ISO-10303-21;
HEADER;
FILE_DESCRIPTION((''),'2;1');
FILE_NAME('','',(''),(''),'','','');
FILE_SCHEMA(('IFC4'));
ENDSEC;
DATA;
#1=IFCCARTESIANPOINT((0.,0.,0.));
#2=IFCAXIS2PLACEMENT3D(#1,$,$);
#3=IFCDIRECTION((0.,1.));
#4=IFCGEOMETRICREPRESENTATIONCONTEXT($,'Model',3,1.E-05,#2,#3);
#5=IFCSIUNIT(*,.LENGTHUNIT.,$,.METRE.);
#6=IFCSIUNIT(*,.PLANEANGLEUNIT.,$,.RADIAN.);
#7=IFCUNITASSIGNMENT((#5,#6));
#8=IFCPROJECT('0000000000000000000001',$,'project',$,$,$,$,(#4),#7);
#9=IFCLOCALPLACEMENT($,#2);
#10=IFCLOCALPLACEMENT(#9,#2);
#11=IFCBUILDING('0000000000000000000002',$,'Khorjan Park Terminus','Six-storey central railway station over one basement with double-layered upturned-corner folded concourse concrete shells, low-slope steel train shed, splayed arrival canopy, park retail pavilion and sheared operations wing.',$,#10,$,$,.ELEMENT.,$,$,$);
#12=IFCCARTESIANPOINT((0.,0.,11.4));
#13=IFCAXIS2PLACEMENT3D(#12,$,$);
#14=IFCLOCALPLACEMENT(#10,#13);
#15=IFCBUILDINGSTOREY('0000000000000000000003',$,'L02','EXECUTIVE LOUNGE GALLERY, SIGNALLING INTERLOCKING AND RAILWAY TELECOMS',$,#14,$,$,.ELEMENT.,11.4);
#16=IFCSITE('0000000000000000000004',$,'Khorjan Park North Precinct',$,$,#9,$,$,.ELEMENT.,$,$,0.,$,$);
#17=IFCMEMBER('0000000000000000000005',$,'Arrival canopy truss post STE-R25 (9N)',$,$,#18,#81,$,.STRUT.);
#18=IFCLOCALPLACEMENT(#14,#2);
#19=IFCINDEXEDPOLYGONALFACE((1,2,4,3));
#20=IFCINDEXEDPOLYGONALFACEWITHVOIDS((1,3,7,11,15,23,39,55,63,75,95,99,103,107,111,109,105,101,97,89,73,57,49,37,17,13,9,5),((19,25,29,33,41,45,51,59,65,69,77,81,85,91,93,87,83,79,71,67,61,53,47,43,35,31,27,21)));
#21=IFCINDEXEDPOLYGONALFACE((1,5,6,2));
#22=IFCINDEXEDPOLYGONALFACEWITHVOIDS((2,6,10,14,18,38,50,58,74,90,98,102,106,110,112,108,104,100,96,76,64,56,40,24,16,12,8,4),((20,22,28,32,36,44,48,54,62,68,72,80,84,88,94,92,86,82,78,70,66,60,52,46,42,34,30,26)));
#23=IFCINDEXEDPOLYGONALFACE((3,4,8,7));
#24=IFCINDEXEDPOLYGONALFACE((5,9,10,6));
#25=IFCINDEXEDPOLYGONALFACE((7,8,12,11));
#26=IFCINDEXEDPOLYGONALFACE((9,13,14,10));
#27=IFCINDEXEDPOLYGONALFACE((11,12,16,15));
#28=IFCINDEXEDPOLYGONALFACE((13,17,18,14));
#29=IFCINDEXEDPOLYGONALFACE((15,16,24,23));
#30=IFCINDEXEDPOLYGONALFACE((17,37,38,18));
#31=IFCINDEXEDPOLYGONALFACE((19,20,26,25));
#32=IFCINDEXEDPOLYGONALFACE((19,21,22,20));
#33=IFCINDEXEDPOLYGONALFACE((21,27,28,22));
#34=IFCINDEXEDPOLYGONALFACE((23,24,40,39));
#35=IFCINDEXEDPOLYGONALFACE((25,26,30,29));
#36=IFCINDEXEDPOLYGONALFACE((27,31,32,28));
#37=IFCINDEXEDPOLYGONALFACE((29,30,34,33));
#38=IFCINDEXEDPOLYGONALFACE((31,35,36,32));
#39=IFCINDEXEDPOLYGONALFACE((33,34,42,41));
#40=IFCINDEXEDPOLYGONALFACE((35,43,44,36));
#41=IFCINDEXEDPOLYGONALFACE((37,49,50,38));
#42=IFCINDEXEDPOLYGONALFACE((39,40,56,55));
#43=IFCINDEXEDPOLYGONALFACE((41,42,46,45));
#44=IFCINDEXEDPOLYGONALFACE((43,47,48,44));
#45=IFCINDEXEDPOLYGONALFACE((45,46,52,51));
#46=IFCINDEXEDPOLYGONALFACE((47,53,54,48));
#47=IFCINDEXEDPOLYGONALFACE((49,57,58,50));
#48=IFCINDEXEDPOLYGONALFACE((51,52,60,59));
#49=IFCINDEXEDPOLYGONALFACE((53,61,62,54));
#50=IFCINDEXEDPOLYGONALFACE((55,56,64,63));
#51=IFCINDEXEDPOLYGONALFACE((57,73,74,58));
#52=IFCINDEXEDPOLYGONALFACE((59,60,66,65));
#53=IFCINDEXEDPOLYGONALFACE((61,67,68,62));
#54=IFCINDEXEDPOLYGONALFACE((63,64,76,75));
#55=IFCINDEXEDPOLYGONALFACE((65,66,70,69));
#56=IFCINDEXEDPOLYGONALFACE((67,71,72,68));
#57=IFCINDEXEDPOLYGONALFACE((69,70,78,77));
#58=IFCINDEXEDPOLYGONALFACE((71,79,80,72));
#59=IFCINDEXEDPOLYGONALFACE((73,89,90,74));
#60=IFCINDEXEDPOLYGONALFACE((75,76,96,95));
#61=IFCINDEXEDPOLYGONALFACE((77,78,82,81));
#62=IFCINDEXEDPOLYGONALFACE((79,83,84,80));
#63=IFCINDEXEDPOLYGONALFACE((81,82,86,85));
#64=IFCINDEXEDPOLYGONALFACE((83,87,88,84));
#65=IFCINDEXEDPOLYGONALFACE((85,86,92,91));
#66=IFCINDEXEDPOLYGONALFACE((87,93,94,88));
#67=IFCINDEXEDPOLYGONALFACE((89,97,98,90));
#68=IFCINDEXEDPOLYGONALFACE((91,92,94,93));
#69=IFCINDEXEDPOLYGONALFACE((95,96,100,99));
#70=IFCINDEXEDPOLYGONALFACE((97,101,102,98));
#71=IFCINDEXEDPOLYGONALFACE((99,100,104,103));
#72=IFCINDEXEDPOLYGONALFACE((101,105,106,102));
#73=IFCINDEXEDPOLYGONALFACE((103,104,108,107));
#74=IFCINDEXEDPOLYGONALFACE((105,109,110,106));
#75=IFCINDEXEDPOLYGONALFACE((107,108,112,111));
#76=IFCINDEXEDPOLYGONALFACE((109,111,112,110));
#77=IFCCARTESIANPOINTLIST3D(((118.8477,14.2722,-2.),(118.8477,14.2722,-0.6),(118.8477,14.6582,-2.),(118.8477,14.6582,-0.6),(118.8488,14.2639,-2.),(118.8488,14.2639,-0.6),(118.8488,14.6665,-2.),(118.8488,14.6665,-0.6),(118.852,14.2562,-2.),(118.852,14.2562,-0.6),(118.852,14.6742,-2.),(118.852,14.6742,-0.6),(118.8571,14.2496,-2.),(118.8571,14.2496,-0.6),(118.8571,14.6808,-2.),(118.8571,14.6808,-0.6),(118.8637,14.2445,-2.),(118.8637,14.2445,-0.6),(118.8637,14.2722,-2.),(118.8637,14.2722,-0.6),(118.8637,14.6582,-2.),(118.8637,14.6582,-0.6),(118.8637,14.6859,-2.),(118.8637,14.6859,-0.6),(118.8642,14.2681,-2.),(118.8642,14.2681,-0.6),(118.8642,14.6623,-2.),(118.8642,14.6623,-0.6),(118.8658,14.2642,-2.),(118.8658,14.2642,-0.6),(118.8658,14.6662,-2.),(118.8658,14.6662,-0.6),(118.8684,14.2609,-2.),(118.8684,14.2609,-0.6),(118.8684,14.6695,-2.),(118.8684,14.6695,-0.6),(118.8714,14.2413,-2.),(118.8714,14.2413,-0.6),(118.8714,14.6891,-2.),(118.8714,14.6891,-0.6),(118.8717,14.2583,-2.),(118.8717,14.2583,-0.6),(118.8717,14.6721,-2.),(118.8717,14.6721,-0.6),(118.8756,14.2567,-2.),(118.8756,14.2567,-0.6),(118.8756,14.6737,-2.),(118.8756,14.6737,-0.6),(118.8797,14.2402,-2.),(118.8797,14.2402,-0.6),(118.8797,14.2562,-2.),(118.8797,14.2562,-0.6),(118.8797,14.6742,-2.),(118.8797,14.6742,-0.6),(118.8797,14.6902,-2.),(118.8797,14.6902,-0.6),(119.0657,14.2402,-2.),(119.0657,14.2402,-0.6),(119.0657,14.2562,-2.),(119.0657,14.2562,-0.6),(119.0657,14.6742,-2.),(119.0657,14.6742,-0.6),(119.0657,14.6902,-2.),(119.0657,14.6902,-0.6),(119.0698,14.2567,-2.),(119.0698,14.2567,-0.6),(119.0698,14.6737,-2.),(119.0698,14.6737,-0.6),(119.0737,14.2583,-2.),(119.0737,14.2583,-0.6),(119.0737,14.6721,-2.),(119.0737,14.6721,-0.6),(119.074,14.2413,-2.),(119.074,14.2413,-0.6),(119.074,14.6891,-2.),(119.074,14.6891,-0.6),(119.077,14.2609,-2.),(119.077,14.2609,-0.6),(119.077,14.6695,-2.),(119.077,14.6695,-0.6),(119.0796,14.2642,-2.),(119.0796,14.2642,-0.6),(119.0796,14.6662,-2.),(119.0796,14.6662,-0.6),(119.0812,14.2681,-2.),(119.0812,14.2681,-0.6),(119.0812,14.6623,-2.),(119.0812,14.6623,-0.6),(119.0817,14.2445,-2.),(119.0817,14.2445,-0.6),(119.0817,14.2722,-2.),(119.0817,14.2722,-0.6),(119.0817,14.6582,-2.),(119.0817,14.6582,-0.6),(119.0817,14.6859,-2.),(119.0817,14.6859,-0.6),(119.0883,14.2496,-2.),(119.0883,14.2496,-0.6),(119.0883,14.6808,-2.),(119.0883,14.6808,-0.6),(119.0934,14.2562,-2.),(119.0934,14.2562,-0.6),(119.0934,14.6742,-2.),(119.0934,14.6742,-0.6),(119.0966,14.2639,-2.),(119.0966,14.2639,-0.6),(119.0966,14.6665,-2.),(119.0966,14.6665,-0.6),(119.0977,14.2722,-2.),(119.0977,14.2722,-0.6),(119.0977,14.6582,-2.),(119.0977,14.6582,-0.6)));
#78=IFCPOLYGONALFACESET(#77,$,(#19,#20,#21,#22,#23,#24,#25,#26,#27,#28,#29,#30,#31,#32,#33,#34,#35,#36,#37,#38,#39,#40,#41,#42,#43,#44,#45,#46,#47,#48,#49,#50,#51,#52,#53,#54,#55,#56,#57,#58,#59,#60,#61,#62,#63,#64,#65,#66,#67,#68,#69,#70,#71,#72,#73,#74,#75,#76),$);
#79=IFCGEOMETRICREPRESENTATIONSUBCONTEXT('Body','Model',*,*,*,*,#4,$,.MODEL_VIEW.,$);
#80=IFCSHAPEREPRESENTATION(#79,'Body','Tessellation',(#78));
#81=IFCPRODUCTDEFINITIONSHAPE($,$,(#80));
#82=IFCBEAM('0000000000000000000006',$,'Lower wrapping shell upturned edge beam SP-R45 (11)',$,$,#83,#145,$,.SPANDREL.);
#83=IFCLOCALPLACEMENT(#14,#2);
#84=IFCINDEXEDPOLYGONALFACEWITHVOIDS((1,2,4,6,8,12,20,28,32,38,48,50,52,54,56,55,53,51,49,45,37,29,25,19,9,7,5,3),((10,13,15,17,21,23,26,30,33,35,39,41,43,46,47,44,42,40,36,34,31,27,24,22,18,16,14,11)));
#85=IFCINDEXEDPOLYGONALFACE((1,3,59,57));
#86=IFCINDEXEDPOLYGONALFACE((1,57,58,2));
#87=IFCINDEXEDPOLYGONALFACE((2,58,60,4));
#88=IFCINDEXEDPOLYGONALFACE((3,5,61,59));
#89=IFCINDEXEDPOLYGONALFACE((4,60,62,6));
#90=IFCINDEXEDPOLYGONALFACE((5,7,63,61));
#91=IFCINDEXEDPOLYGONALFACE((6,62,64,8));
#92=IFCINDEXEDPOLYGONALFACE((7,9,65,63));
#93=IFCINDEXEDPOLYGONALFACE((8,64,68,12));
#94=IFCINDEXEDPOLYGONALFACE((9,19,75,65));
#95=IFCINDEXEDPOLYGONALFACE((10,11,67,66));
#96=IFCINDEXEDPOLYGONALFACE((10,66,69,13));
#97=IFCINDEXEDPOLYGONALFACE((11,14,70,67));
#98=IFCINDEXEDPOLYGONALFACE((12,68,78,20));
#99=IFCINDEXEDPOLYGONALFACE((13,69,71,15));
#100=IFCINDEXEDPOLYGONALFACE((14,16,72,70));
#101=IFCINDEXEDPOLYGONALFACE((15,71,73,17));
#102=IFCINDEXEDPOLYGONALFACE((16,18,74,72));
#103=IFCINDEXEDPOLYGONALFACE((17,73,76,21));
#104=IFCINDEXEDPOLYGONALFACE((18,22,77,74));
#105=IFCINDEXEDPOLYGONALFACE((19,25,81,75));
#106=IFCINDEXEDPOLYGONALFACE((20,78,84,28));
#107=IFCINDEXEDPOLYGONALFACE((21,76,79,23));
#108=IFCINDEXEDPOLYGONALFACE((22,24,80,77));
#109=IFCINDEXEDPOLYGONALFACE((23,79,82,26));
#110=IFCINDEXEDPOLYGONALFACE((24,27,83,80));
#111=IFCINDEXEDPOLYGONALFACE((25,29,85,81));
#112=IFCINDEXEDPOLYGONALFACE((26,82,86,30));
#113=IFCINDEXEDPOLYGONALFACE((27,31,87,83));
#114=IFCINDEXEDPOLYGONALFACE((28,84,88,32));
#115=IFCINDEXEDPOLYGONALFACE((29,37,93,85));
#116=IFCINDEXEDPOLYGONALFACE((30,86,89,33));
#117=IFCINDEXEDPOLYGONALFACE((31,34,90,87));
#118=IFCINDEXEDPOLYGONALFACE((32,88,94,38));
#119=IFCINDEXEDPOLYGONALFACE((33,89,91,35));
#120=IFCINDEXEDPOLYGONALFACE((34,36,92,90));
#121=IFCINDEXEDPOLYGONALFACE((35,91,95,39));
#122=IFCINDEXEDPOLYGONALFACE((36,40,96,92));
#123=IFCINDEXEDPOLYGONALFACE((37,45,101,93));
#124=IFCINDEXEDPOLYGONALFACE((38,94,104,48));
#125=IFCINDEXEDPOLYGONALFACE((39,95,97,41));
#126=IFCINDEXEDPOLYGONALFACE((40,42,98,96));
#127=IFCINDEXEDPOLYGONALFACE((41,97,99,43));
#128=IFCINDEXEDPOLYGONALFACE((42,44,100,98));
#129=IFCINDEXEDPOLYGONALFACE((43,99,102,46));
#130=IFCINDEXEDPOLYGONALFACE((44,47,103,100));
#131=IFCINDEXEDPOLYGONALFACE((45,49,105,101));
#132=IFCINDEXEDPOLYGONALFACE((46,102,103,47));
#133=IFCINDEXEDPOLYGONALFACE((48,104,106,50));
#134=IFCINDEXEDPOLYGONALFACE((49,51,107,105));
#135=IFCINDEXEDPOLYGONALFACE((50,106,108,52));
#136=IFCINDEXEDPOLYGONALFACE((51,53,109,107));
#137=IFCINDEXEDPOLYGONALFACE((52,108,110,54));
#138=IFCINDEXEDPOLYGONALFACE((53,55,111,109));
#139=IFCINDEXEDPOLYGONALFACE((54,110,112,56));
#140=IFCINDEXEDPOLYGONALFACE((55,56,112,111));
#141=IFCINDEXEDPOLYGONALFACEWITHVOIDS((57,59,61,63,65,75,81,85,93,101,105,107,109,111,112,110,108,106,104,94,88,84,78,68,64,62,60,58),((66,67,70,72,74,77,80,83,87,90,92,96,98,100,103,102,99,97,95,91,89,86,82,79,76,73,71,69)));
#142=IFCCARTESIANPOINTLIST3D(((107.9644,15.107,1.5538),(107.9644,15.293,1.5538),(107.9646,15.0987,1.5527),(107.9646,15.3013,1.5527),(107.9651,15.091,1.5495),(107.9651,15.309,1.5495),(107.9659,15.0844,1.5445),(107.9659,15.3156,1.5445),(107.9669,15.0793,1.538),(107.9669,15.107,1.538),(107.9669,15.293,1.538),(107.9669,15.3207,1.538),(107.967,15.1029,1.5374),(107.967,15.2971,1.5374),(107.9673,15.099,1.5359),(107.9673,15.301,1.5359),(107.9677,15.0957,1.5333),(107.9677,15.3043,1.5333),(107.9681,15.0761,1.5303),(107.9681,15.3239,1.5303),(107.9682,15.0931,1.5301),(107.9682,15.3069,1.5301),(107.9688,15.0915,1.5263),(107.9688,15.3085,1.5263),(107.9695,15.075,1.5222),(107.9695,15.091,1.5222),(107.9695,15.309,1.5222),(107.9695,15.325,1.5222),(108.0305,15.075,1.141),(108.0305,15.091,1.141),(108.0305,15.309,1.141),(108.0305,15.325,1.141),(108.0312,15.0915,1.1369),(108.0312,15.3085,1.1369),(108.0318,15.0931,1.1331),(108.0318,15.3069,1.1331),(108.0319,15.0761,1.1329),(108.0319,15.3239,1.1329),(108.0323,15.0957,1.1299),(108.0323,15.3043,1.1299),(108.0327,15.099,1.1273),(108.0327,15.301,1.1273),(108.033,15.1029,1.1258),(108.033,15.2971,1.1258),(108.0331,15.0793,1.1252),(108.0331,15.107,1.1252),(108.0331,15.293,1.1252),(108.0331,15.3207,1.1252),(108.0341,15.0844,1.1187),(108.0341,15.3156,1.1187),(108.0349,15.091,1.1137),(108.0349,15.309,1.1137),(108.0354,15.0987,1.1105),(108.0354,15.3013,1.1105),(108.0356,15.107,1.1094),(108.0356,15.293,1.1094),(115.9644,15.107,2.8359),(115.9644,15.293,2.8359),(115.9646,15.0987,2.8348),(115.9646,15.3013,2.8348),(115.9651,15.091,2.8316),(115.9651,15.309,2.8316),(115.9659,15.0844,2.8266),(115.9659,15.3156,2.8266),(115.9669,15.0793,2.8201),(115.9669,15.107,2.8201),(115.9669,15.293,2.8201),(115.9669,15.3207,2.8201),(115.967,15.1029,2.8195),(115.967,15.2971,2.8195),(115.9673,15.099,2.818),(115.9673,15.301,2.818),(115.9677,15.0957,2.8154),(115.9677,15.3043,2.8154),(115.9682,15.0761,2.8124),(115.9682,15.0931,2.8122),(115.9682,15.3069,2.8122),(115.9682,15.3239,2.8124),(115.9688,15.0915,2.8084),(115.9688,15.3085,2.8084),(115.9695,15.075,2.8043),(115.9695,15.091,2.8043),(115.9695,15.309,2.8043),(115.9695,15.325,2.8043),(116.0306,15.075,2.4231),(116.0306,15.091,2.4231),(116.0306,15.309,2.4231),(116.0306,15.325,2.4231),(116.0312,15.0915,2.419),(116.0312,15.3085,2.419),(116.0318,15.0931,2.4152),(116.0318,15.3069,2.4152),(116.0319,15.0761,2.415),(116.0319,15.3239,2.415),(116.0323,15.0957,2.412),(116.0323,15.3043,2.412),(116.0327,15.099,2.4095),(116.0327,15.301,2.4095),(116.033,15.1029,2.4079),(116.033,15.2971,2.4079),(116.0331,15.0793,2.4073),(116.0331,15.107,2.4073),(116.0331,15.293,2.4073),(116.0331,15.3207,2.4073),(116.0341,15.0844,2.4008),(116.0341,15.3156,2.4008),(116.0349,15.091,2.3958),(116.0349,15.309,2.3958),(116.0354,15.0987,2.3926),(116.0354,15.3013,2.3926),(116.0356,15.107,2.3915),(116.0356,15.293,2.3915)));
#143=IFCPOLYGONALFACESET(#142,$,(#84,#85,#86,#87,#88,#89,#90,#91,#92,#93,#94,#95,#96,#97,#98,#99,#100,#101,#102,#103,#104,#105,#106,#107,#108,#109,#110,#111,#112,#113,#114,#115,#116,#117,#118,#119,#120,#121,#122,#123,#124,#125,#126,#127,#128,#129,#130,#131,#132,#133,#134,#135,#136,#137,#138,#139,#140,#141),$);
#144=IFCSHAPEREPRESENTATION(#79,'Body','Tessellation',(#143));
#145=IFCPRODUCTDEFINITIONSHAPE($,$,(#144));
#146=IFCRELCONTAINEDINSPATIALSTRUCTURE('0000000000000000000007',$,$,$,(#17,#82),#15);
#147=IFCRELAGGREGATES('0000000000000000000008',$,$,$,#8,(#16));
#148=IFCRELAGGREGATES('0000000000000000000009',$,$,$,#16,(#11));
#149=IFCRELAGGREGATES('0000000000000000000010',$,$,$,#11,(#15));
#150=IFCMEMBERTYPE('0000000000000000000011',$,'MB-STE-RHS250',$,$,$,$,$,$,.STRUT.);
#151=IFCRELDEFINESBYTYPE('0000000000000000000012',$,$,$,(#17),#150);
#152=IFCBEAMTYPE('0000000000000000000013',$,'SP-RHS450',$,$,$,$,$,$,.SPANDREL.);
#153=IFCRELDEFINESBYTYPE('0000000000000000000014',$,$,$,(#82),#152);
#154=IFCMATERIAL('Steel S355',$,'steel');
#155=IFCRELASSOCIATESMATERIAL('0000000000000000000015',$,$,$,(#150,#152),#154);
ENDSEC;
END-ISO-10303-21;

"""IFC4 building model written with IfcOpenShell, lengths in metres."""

from ifc_helpers import new_model, si_unit, direction, frame, origin, origin_2d, place, context, subcontext, project, spatial, hollow_rectangle, extrude, material, material_profile, profile_set, type_object, element, save


model = new_model("IFC4")

# Units and contexts
model_context = context("Model", 3, precision=1e-05, world=origin(), true_north=direction((0.0, 1.0)))
body_context = subcontext(model_context, "Body", "Model", "MODEL_VIEW")
ifc_project = project(units=[si_unit("LENGTHUNIT", "METRE"), si_unit("PLANEANGLEUNIT", "RADIAN")], contexts=[model_context])

# Site, building, storey
site_placement = place(None, origin())
site = spatial("IfcSite", under=ifc_project, at=site_placement, Name="Khorjan Park North Precinct", CompositionType="ELEMENT", RefElevation=0.0)
building_placement = place(site_placement, origin())
building = spatial("IfcBuilding", under=site, at=building_placement, Name="Khorjan Park Terminus", Description="Six-storey central railway station over one basement with double-layered upturned-corner folded concourse concrete shells, low-slope steel train shed, splayed arrival canopy, park retail pavilion and sheared operations wing.", CompositionType="ELEMENT")
storey_placement = place(building_placement, frame((0.0, 0.0, 11.4)))
storey = spatial("IfcBuildingStorey", under=building, at=storey_placement, Name="L02", Description="EXECUTIVE LOUNGE GALLERY, SIGNALLING INTERLOCKING AND RAILWAY TELECOMS", CompositionType="ELEMENT", Elevation=11.4)

# Member
ifc_material_1 = material(Name="Steel S355", Category="steel")
ifc_material_profile_1 = material_profile(ifc_material_1, hollow_rectangle(XDim=0.25, YDim=0.45, WallThickness=0.016, InnerFilletRadius=0.016, OuterFilletRadius=0.032, at=origin_2d()), Name="RHS 450x250x16")
ifc_profile_set_1 = profile_set([ifc_material_profile_1], Name="Steel S355")
member_type_1 = type_object("IfcMemberType", Name="MB-STE-RHS250", PredefinedType="STRUT", material=ifc_profile_set_1)
for number, where, z_axis, x_axis, name in (
    (1, (118.9727, 14.4652, -2.0), (0.0, 0.0, 1.0), (1.0, 0.0, 0.0), "Arrival canopy truss post STE-R25 (9N)"),
):
    element("IfcMember", number, at=place(storey_placement, frame(where, z_axis=z_axis, x_axis=x_axis)), inside=storey, type_object=member_type_1, Name=name, PredefinedType="STRUT", context=body_context, shape_type="SweptSolid", body=[
        extrude(hollow_rectangle(XDim=0.25, YDim=0.45, WallThickness=0.016, InnerFilletRadius=0.016, OuterFilletRadius=0.032, at=origin_2d()), origin(), (0.0, 0.0, 1.0), 1.4),
    ])

# Beam
ifc_material_profile_2 = material_profile(ifc_material_1, hollow_rectangle(XDim=0.25, YDim=0.45, WallThickness=0.016, InnerFilletRadius=0.016, OuterFilletRadius=0.032, at=origin_2d()), Name="RHS 450x250x16")
ifc_profile_set_2 = profile_set([ifc_material_profile_2], Name="Steel S355")
beam_type = type_object("IfcBeamType", Name="SP-RHS450", PredefinedType="SPANDREL", material=ifc_profile_set_2)
beam_1_placement = place(storey_placement, frame((108.0, 15.2, 1.3316), z_axis=(0.9874, 0.0, 0.158243), x_axis=(0.0, 1.0, 0.0)))
element("IfcBeam", 2, at=beam_1_placement, inside=storey, type_object=beam_type, Name="Lower wrapping shell upturned edge beam SP-R45 (11)", PredefinedType="SPANDREL", context=body_context, shape_type="SweptSolid", body=[
    extrude(hollow_rectangle(XDim=0.25, YDim=0.45, WallThickness=0.016, InnerFilletRadius=0.016, OuterFilletRadius=0.032, at=origin_2d()), origin(), (0.0, 0.0, 1.0), 8.1021),
])

save(model, "model.ifc")
